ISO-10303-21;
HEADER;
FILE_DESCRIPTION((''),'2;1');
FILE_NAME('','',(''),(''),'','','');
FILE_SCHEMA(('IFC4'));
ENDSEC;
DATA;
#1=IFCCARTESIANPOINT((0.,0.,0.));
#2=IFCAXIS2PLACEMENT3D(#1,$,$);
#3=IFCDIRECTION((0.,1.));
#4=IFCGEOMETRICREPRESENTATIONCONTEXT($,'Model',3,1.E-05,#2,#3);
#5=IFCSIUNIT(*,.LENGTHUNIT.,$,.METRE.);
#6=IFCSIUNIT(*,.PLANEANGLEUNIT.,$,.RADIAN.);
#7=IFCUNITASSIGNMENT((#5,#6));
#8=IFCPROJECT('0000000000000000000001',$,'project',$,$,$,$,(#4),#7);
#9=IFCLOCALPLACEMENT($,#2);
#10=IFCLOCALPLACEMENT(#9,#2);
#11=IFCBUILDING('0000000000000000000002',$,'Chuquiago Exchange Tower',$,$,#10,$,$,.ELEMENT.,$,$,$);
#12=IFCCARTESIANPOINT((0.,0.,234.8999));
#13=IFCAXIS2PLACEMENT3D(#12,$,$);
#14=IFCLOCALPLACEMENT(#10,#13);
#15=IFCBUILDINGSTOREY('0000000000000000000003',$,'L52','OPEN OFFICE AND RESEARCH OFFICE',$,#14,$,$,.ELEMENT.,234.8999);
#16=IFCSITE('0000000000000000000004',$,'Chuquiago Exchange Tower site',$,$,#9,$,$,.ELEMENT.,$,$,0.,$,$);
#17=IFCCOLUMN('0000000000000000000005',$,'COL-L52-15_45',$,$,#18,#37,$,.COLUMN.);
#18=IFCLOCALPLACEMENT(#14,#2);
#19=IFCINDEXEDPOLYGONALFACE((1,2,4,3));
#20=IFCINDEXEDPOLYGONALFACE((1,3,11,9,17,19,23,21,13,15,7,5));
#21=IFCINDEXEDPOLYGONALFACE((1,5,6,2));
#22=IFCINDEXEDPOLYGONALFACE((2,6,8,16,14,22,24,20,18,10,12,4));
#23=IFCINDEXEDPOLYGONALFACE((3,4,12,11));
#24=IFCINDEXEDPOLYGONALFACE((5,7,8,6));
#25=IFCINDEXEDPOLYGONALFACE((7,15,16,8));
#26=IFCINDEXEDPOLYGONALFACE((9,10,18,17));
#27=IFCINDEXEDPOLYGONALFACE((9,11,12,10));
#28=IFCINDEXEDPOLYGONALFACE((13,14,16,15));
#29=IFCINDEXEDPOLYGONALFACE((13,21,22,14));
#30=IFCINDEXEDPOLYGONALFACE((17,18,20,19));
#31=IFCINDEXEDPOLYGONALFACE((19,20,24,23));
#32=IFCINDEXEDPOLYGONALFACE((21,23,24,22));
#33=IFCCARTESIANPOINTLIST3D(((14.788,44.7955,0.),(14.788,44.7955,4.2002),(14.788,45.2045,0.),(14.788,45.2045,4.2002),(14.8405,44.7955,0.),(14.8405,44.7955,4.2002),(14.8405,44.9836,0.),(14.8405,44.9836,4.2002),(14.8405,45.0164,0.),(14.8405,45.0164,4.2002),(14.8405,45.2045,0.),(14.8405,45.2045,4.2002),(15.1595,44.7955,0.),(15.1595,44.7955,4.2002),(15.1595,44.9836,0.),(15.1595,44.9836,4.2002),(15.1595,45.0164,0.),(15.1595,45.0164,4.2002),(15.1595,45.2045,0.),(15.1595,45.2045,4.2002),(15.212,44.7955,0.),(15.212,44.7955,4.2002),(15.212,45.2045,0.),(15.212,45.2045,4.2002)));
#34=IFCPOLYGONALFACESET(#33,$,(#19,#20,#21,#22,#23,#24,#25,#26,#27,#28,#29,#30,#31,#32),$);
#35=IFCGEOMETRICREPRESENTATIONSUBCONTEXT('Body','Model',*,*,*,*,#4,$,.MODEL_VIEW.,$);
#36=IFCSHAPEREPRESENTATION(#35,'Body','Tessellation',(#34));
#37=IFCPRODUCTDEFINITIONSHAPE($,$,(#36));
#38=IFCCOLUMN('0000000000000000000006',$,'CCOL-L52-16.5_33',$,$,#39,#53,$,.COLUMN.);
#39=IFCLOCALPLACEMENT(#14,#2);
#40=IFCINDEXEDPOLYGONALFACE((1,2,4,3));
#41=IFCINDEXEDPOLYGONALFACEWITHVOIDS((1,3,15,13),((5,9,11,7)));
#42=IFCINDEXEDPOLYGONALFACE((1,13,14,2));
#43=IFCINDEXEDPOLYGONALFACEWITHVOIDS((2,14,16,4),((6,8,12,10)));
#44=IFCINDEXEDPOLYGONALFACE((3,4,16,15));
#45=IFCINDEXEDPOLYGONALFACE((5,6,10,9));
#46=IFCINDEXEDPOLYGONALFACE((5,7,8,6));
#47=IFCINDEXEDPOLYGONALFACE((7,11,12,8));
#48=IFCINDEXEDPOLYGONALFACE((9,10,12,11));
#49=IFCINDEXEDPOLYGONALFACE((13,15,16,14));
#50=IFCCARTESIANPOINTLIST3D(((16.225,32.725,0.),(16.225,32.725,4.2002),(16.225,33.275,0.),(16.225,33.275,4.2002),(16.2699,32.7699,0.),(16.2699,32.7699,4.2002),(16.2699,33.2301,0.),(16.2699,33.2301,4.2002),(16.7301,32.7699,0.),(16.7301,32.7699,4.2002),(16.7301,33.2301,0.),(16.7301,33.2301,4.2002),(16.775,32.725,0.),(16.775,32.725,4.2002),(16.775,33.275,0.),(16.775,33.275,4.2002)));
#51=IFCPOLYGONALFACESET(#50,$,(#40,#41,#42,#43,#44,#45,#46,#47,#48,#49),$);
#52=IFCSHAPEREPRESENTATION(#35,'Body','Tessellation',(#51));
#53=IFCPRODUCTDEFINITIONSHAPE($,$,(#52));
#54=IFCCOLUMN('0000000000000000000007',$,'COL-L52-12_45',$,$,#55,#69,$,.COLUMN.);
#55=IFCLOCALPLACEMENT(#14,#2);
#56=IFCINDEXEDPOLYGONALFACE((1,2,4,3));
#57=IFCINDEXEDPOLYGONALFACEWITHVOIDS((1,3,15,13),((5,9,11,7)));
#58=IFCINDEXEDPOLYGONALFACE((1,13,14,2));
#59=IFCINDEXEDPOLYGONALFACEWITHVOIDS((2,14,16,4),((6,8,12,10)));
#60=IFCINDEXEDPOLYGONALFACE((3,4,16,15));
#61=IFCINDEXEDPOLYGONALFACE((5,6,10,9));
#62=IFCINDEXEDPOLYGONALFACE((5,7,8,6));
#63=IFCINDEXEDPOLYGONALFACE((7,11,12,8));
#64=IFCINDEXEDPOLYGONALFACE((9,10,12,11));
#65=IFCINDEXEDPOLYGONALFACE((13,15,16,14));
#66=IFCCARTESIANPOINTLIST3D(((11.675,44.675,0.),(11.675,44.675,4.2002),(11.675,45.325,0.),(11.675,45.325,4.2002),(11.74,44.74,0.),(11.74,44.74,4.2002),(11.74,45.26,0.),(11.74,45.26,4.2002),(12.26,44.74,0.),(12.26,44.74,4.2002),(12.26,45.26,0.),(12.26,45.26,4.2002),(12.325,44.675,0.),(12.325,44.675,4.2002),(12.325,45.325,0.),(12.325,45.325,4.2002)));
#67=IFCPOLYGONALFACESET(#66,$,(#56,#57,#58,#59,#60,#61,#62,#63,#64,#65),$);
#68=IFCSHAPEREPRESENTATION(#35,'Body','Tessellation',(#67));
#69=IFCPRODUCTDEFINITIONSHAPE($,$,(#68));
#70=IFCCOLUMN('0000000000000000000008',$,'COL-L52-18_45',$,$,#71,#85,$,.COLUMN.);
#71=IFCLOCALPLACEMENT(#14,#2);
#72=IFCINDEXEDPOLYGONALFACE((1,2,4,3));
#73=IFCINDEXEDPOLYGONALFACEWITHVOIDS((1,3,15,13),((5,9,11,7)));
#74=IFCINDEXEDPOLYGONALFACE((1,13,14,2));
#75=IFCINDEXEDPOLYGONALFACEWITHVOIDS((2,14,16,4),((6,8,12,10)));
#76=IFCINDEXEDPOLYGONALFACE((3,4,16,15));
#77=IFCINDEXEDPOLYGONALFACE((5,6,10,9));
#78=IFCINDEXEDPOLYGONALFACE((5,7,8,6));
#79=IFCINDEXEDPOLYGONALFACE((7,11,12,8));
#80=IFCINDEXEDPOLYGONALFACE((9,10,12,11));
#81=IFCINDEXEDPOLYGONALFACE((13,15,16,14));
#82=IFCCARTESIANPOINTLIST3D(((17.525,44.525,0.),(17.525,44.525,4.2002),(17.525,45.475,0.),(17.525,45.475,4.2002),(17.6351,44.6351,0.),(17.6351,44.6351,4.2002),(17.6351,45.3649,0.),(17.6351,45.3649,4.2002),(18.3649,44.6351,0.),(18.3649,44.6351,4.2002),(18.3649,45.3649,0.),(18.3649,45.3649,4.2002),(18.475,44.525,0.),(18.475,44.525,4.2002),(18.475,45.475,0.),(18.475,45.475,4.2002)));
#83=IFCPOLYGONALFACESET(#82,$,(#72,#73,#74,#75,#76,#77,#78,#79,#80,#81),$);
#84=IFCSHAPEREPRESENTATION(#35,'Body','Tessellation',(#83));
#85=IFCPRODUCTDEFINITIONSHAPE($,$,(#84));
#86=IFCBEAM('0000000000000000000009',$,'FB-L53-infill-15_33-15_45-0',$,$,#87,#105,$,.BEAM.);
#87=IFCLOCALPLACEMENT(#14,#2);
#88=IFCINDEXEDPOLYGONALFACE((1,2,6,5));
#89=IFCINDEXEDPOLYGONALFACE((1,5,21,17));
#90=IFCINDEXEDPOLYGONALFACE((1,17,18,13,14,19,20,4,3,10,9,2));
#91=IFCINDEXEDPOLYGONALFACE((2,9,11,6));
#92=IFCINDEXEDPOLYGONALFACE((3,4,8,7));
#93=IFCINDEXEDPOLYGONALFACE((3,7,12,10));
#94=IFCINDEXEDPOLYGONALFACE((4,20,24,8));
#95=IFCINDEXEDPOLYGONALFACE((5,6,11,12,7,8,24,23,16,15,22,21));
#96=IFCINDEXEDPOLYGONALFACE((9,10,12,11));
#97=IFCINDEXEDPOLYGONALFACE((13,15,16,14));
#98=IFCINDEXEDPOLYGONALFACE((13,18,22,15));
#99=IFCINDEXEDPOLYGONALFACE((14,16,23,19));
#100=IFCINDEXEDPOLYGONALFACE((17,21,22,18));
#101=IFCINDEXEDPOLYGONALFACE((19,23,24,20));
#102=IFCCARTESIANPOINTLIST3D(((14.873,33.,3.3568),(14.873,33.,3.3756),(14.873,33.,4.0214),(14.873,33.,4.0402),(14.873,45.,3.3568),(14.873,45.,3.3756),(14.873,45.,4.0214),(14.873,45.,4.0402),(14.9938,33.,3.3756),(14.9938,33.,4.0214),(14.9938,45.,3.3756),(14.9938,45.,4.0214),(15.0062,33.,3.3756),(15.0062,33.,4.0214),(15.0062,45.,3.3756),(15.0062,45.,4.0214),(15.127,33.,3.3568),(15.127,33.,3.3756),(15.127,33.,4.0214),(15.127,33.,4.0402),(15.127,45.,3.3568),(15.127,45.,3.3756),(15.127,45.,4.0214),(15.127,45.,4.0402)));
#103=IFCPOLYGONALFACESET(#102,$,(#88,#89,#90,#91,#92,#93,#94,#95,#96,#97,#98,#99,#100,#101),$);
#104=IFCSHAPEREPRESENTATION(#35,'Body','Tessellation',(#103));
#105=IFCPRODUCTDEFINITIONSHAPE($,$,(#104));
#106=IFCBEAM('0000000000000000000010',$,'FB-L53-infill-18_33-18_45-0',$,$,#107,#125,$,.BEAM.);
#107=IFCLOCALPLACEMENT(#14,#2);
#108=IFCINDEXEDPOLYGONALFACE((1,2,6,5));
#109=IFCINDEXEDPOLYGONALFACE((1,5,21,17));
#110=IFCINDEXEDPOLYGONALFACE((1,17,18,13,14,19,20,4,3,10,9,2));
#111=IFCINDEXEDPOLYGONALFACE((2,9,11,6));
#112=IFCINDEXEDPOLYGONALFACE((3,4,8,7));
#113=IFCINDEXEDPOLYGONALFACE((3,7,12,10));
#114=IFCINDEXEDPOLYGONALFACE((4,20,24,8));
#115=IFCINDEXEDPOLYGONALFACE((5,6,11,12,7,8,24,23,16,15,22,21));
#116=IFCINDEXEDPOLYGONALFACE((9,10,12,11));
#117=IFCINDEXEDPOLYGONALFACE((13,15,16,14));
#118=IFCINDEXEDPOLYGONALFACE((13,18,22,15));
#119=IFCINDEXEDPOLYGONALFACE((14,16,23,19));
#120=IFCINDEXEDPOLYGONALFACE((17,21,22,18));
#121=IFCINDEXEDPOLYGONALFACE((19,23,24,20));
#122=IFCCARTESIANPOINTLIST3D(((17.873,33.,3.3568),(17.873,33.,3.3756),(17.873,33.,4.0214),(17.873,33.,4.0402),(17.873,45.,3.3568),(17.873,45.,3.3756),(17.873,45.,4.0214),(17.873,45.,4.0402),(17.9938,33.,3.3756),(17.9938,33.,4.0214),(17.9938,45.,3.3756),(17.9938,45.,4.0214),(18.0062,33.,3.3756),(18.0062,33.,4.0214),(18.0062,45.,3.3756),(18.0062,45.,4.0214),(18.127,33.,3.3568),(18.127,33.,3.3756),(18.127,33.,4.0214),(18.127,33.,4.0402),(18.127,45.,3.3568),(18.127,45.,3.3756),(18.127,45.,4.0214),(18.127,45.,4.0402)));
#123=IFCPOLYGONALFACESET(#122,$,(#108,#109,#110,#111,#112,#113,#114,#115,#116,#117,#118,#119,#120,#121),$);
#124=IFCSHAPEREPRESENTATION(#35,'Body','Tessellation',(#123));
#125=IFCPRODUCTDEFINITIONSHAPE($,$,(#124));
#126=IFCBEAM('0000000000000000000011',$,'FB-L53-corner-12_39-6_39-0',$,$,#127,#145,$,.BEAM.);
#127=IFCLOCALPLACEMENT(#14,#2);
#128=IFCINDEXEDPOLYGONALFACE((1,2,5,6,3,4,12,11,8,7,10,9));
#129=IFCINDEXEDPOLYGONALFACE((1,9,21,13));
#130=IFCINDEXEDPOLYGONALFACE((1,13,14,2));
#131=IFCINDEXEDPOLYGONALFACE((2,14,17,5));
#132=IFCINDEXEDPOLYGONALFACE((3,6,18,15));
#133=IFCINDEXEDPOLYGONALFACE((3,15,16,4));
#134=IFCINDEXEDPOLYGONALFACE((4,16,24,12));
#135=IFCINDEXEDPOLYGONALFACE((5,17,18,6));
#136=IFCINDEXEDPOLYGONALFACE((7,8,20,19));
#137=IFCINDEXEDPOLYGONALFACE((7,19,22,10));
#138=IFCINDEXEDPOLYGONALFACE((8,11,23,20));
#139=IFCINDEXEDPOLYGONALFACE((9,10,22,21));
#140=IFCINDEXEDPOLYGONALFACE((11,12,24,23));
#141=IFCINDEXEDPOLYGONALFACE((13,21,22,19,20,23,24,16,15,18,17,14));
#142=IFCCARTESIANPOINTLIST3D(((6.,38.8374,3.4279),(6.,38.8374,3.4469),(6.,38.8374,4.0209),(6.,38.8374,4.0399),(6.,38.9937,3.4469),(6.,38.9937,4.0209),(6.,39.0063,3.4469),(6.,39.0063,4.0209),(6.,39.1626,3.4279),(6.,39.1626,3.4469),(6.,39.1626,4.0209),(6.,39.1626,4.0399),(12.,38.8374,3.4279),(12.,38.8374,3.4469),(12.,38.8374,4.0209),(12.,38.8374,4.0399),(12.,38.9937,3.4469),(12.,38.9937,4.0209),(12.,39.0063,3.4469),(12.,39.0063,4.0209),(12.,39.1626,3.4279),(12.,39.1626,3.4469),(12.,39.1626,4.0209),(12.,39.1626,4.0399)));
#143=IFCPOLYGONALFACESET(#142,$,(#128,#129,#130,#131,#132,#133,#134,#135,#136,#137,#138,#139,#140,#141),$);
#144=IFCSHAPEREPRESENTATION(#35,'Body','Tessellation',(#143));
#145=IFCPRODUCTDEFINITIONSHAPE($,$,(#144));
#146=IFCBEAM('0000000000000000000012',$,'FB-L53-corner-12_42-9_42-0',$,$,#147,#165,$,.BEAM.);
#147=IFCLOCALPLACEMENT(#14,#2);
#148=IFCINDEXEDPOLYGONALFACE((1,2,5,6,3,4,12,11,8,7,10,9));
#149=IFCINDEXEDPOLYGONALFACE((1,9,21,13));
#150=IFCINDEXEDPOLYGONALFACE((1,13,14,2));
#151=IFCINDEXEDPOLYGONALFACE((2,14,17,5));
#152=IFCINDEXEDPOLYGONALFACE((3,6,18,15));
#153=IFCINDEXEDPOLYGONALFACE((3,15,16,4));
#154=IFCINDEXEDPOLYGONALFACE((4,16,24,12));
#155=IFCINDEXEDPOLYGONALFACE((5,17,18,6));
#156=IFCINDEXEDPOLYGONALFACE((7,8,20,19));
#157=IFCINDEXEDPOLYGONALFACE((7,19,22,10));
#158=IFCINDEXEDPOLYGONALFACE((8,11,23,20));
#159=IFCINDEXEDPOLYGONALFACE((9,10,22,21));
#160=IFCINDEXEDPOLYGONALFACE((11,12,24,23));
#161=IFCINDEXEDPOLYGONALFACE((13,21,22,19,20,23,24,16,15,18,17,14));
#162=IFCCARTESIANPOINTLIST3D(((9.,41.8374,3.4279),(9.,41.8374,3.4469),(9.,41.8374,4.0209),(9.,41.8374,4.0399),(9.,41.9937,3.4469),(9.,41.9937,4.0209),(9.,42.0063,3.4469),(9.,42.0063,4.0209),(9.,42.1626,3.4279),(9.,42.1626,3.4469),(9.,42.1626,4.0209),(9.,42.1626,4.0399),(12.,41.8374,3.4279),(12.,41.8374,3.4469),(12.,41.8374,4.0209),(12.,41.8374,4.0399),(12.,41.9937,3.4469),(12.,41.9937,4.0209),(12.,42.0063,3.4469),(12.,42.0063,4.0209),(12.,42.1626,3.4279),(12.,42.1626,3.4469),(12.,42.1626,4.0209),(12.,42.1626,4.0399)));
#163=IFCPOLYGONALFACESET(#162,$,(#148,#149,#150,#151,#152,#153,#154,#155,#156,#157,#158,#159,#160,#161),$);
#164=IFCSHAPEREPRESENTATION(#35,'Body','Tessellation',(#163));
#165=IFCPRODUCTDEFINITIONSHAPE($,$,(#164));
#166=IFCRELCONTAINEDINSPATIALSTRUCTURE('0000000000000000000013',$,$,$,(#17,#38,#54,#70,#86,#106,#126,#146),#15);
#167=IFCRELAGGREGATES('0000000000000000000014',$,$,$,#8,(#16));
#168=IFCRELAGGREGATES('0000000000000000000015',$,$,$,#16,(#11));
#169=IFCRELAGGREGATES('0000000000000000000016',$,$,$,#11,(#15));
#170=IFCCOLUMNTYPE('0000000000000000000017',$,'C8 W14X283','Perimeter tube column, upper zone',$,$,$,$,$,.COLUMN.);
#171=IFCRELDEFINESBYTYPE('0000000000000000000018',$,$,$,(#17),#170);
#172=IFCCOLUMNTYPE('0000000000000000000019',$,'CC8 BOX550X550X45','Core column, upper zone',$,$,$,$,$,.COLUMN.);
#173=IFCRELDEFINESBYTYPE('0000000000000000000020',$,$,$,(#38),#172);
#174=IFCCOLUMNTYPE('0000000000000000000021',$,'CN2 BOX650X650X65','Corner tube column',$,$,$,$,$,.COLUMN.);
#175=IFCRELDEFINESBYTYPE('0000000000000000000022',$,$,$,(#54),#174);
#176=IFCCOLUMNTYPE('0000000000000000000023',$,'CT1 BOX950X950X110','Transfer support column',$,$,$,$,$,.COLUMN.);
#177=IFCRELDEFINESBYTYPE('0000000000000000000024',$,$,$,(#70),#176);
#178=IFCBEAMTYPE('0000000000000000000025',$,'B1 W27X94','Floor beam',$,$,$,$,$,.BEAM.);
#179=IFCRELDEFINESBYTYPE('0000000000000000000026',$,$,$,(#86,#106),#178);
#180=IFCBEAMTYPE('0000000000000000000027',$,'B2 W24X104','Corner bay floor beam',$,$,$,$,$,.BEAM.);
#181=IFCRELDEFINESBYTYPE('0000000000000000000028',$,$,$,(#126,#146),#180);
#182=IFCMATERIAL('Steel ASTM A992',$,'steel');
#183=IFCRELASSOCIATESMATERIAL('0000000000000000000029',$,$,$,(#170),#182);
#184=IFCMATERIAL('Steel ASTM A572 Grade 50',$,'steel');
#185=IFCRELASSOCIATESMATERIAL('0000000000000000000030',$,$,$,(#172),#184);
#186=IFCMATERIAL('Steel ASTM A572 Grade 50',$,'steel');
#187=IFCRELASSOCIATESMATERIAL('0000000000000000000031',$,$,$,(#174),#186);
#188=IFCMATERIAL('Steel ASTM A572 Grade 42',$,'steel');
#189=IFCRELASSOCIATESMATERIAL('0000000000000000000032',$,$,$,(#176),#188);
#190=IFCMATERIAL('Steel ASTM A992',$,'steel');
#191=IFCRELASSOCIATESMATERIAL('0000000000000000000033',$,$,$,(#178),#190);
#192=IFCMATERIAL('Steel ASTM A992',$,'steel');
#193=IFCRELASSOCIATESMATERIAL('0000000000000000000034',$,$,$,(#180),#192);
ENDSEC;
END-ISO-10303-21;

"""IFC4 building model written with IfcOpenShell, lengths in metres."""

from ifc_helpers import new_model, si_unit, direction, frame, origin, origin_2d, place, context, subcontext, project, spatial, hollow_rectangle, i_section, extrude, material, material_profile, profile_set, type_object, element, save


model = new_model("IFC4")

# Units and contexts
model_context = context("Model", 3, precision=1e-05, world=origin(), true_north=direction((0.0, 1.0)))
body_context = subcontext(model_context, "Body", "Model", "MODEL_VIEW")
ifc_project = project(units=[si_unit("LENGTHUNIT", "METRE"), si_unit("PLANEANGLEUNIT", "RADIAN")], contexts=[model_context])

# Site, building, storey
site_placement = place(None, origin())
site = spatial("IfcSite", under=ifc_project, at=site_placement, Name="Chuquiago Exchange Tower site", CompositionType="ELEMENT", RefElevation=0.0)
building_placement = place(site_placement, origin())
building = spatial("IfcBuilding", under=site, at=building_placement, Name="Chuquiago Exchange Tower", CompositionType="ELEMENT")
storey_placement = place(building_placement, frame((0.0, 0.0, 234.8999)))
storey = spatial("IfcBuildingStorey", under=building, at=storey_placement, Name="L52", Description="OPEN OFFICE AND RESEARCH OFFICE", CompositionType="ELEMENT", Elevation=234.8999)

# Columns
ifc_material_1 = material(Name="Steel ASTM A992", Category="steel")
ifc_material_profile_1 = material_profile(ifc_material_1, i_section(OverallWidth=0.4089, OverallDepth=0.4241, WebThickness=0.0327, FlangeThickness=0.0525, at=origin_2d()), Name="W14X283")
ifc_profile_set_1 = profile_set([ifc_material_profile_1], Name="Steel ASTM A992")
column_type_1 = type_object("IfcColumnType", Name="C8 W14X283", Description="Perimeter tube column, upper zone", PredefinedType="COLUMN", material=ifc_profile_set_1)
column_1_placement = place(storey_placement, frame((15.0, 45.0, 0.0), z_axis=(0.0, 0.0, 1.0), x_axis=(0.0, 1.0, 0.0)))
element("IfcColumn", 1, at=column_1_placement, inside=storey, type_object=column_type_1, Name="COL-L52-15_45", PredefinedType="COLUMN", context=body_context, shape_type="SweptSolid", body=[
    extrude(i_section(OverallWidth=0.4089, OverallDepth=0.4241, WebThickness=0.0327, FlangeThickness=0.0525, at=origin_2d()), origin(), (0.0, 0.0, 1.0), 4.2002),
])
ifc_material_2 = material(Name="Steel ASTM A572 Grade 50", Category="steel")
ifc_material_profile_2 = material_profile(ifc_material_2, hollow_rectangle(XDim=0.55, YDim=0.55, WallThickness=0.0449, at=origin_2d()), Name="BOX550X550X45")
ifc_profile_set_2 = profile_set([ifc_material_profile_2], Name="Steel ASTM A572 Grade 50")
column_type_2 = type_object("IfcColumnType", Name="CC8 BOX550X550X45", Description="Core column, upper zone", PredefinedType="COLUMN", material=ifc_profile_set_2)
column_2_placement = place(storey_placement, frame((16.5, 33.0, 0.0), z_axis=(0.0, 0.0, 1.0), x_axis=(1.0, 0.0, 0.0)))
element("IfcColumn", 2, at=column_2_placement, inside=storey, type_object=column_type_2, Name="CCOL-L52-16.5_33", PredefinedType="COLUMN", context=body_context, shape_type="SweptSolid", body=[
    extrude(hollow_rectangle(XDim=0.55, YDim=0.55, WallThickness=0.0449, at=origin_2d()), origin(), (0.0, 0.0, 1.0), 4.2002),
])
ifc_material_3 = material(Name="Steel ASTM A572 Grade 50", Category="steel")
ifc_material_profile_3 = material_profile(ifc_material_3, hollow_rectangle(XDim=0.6499, YDim=0.6499, WallThickness=0.0649, at=origin_2d()), Name="BOX650X650X65")
ifc_profile_set_3 = profile_set([ifc_material_profile_3], Name="Steel ASTM A572 Grade 50")
column_type_3 = type_object("IfcColumnType", Name="CN2 BOX650X650X65", Description="Corner tube column", PredefinedType="COLUMN", material=ifc_profile_set_3)
column_3_placement = place(storey_placement, frame((12.0, 45.0, 0.0), z_axis=(0.0, 0.0, 1.0), x_axis=(0.0, 1.0, 0.0)))
element("IfcColumn", 3, at=column_3_placement, inside=storey, type_object=column_type_3, Name="COL-L52-12_45", PredefinedType="COLUMN", context=body_context, shape_type="SweptSolid", body=[
    extrude(hollow_rectangle(XDim=0.6499, YDim=0.6499, WallThickness=0.0649, at=origin_2d()), origin(), (0.0, 0.0, 1.0), 4.2002),
])
ifc_material_4 = material(Name="Steel ASTM A572 Grade 42", Category="steel")
ifc_material_profile_4 = material_profile(ifc_material_4, hollow_rectangle(XDim=0.95, YDim=0.95, WallThickness=0.1101, at=origin_2d()), Name="BOX950X950X110")
ifc_profile_set_4 = profile_set([ifc_material_profile_4], Name="Steel ASTM A572 Grade 42")
column_type_4 = type_object("IfcColumnType", Name="CT1 BOX950X950X110", Description="Transfer support column", PredefinedType="COLUMN", material=ifc_profile_set_4)
column_4_placement = place(storey_placement, frame((18.0, 45.0, 0.0), z_axis=(0.0, 0.0, 1.0), x_axis=(0.0, 1.0, 0.0)))
element("IfcColumn", 4, at=column_4_placement, inside=storey, type_object=column_type_4, Name="COL-L52-18_45", PredefinedType="COLUMN", context=body_context, shape_type="SweptSolid", body=[
    extrude(hollow_rectangle(XDim=0.95, YDim=0.95, WallThickness=0.1101, at=origin_2d()), origin(), (0.0, 0.0, 1.0), 4.2002),
])

# Beams
ifc_material_5 = material(Name="Steel ASTM A992", Category="steel")
ifc_material_profile_5 = material_profile(ifc_material_5, i_section(OverallWidth=0.2539, OverallDepth=0.6833, WebThickness=0.0125, FlangeThickness=0.0188, at=origin_2d()), Name="W27X94")
ifc_profile_set_5 = profile_set([ifc_material_profile_5], Name="Steel ASTM A992")
beam_type_1 = type_object("IfcBeamType", Name="B1 W27X94", Description="Floor beam", PredefinedType="BEAM", material=ifc_profile_set_5)
for number, where, z_axis, x_axis, name in (
    (5, (15.0, 33.0, 3.6985), (0.0, 1.0, 0.0), (-1.0, 0.0, 0.0), "FB-L53-infill-15_33-15_45-0"),
    (6, (18.0, 33.0, 3.6985), (0.0, 1.0, 0.0), (-1.0, 0.0, 0.0), "FB-L53-infill-18_33-18_45-0"),
):
    element("IfcBeam", number, at=place(storey_placement, frame(where, z_axis=z_axis, x_axis=x_axis)), inside=storey, type_object=beam_type_1, Name=name, PredefinedType="BEAM", context=body_context, shape_type="SweptSolid", body=[
        extrude(i_section(OverallWidth=0.2539, OverallDepth=0.6833, WebThickness=0.0125, FlangeThickness=0.0188, at=origin_2d()), origin(), (0.0, 0.0, 1.0), 12.0),
    ])
ifc_material_6 = material(Name="Steel ASTM A992", Category="steel")
ifc_material_profile_6 = material_profile(ifc_material_6, i_section(OverallWidth=0.3252, OverallDepth=0.6121, WebThickness=0.0127, FlangeThickness=0.019, at=origin_2d()), Name="W24X104")
ifc_profile_set_6 = profile_set([ifc_material_profile_6], Name="Steel ASTM A992")
beam_type_2 = type_object("IfcBeamType", Name="B2 W24X104", Description="Corner bay floor beam", PredefinedType="BEAM", material=ifc_profile_set_6)
beam_1_placement = place(storey_placement, frame((12.0, 39.0, 3.7339), z_axis=(-1.0, 0.0, 0.0), x_axis=(0.0, -1.0, 0.0)))
element("IfcBeam", 7, at=beam_1_placement, inside=storey, type_object=beam_type_2, Name="FB-L53-corner-12_39-6_39-0", PredefinedType="BEAM", context=body_context, shape_type="SweptSolid", body=[
    extrude(i_section(OverallWidth=0.3252, OverallDepth=0.6121, WebThickness=0.0127, FlangeThickness=0.019, at=origin_2d()), origin(), (0.0, 0.0, 1.0), 6.0),
])
beam_2_placement = place(storey_placement, frame((12.0, 42.0, 3.7339), z_axis=(-1.0, 0.0, 0.0), x_axis=(0.0, -1.0, 0.0)))
element("IfcBeam", 8, at=beam_2_placement, inside=storey, type_object=beam_type_2, Name="FB-L53-corner-12_42-9_42-0", PredefinedType="BEAM", context=body_context, shape_type="SweptSolid", body=[
    extrude(i_section(OverallWidth=0.3252, OverallDepth=0.6121, WebThickness=0.0127, FlangeThickness=0.019, at=origin_2d()), origin(), (0.0, 0.0, 1.0), 3.0),
])

save(model, "model.ifc")
